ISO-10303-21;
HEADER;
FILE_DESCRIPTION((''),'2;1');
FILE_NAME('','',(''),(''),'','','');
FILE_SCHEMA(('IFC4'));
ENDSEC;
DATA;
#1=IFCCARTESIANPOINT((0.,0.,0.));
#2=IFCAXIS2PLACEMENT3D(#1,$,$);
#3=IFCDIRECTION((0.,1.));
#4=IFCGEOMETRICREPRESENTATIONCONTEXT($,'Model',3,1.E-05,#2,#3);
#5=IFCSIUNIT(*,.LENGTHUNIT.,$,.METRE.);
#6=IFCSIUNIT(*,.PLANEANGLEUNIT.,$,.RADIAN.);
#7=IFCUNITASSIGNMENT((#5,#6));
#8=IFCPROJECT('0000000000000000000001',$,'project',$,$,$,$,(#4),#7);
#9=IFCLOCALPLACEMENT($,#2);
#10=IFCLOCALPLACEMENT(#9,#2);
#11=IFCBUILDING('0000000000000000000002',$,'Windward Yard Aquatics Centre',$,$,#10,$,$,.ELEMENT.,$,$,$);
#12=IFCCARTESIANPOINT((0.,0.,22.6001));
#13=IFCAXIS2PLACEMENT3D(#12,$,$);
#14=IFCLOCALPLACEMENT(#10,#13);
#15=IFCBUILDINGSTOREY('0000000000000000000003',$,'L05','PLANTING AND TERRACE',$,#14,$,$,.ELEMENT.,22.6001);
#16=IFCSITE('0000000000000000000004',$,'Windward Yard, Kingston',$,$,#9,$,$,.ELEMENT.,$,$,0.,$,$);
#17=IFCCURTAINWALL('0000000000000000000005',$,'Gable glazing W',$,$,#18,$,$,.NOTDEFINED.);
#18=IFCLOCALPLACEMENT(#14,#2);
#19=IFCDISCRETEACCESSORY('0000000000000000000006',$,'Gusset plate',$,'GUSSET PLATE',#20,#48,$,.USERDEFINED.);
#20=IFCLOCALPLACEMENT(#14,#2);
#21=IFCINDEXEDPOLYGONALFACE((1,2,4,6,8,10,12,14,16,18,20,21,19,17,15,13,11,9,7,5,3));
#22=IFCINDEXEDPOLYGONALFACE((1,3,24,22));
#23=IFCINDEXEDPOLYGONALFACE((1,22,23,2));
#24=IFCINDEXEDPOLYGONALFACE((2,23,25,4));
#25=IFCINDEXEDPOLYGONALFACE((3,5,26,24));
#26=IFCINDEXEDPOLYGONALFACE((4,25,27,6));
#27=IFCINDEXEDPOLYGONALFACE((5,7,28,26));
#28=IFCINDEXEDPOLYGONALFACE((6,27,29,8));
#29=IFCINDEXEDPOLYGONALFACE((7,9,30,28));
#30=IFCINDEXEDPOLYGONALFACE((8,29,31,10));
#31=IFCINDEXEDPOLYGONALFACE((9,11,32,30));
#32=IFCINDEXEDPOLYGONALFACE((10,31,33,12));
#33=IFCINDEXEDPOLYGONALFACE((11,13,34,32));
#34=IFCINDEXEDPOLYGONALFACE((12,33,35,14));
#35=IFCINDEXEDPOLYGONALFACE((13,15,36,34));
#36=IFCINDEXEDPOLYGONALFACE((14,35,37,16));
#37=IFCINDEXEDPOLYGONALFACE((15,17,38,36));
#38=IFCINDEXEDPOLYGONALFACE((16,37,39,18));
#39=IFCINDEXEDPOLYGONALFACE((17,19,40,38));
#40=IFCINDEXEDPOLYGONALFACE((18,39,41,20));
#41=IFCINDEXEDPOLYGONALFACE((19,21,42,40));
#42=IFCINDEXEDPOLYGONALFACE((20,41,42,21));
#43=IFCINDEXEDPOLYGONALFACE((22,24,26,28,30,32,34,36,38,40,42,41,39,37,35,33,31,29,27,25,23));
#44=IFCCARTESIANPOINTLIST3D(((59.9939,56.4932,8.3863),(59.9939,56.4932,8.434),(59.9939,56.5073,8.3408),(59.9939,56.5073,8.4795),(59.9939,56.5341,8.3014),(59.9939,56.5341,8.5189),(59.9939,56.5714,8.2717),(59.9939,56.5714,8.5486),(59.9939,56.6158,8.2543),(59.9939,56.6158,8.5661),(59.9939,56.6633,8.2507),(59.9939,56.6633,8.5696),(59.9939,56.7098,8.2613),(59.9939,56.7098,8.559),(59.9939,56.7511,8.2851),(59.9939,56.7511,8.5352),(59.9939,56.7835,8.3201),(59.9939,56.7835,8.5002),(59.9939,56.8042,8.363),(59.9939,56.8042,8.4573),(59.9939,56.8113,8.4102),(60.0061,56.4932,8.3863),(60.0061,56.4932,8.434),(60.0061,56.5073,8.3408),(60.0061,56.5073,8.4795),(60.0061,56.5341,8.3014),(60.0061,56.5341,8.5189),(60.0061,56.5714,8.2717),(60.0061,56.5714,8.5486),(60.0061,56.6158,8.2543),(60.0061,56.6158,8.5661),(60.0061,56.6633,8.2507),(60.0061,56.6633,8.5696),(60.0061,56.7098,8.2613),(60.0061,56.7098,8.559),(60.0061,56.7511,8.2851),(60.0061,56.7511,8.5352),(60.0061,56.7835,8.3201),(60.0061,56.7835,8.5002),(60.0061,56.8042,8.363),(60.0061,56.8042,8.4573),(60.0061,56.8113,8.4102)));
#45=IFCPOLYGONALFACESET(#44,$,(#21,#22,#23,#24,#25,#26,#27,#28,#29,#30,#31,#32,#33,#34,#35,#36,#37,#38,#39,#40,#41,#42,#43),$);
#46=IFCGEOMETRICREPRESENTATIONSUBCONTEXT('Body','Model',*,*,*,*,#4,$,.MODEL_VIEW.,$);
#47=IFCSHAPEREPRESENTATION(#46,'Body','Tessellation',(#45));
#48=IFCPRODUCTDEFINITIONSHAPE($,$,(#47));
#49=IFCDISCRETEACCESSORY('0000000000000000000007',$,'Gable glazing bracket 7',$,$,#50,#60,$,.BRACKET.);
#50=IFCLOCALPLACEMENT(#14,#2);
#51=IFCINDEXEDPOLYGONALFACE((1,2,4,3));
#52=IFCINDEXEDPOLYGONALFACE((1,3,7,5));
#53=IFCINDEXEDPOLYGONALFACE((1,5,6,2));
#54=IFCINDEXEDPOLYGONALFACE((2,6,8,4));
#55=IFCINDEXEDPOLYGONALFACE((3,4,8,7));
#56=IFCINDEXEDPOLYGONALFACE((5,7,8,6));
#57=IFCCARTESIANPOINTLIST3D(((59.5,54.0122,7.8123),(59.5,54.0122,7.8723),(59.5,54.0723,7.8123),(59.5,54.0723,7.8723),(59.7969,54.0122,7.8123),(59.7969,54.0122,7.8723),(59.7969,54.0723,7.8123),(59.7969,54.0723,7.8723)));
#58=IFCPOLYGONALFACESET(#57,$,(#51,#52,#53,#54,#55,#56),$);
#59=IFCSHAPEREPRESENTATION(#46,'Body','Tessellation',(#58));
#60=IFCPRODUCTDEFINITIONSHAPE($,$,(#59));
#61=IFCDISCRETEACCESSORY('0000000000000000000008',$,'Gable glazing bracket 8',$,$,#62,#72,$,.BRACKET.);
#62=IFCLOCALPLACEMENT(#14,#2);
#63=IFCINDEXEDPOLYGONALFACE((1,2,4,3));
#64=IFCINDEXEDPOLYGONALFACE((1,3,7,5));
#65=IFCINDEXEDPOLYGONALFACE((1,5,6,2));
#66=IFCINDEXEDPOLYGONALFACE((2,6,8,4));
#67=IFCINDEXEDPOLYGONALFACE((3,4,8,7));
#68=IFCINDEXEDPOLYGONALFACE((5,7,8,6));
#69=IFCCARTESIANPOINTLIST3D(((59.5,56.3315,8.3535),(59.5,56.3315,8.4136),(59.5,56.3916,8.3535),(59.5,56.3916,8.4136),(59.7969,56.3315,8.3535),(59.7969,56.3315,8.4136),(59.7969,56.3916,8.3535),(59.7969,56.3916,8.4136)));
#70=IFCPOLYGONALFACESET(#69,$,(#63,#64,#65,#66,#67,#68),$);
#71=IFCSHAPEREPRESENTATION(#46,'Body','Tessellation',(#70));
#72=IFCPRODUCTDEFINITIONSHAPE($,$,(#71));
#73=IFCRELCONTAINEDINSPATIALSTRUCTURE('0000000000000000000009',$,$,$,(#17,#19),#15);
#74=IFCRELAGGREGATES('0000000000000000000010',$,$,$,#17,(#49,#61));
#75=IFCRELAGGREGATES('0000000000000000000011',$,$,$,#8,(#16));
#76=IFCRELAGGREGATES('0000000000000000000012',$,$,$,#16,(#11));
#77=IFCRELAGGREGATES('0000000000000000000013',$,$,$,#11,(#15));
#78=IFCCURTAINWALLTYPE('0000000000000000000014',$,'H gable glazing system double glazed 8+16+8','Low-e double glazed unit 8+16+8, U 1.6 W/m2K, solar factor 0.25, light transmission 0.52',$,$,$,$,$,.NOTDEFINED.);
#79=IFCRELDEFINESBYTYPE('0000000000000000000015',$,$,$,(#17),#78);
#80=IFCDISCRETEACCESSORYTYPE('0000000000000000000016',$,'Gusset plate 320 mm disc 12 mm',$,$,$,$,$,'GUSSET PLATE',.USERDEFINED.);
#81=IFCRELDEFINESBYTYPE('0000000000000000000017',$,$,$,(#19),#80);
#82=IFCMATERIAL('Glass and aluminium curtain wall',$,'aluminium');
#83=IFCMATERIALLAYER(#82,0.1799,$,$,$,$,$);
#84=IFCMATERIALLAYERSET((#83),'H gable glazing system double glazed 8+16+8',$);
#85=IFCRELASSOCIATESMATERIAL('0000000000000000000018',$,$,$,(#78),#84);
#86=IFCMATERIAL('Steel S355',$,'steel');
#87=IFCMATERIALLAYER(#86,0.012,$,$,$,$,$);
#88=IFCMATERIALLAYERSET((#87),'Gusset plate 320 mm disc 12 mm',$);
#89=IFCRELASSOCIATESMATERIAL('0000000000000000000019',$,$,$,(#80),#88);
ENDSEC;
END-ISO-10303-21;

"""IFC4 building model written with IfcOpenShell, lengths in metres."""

from ifc_helpers import new_model, si_unit, direction, frame, origin, origin_2d, place, context, subcontext, project, spatial, rectangle, circle, extrude, material, layer, layer_set, type_object, element, aggregate, save


model = new_model("IFC4")

# Units and contexts
model_context = context("Model", 3, precision=1e-05, world=origin(), true_north=direction((0.0, 1.0)))
body_context = subcontext(model_context, "Body", "Model", "MODEL_VIEW")
ifc_project = project(units=[si_unit("LENGTHUNIT", "METRE"), si_unit("PLANEANGLEUNIT", "RADIAN")], contexts=[model_context])

# Site, building, storey
site_placement = place(None, origin())
site = spatial("IfcSite", under=ifc_project, at=site_placement, Name="Windward Yard, Kingston", CompositionType="ELEMENT", RefElevation=0.0)
building_placement = place(site_placement, origin())
building = spatial("IfcBuilding", under=site, at=building_placement, Name="Windward Yard Aquatics Centre", CompositionType="ELEMENT")
storey_placement = place(building_placement, frame((0.0, 0.0, 22.6001)))
storey = spatial("IfcBuildingStorey", under=building, at=storey_placement, Name="L05", Description="PLANTING AND TERRACE", CompositionType="ELEMENT", Elevation=22.6001)

# Curtain wall
ifc_material_1 = material(Name="Glass and aluminium curtain wall", Category="aluminium")
ifc_layer_1 = layer(ifc_material_1, 0.1799)
ifc_layer_set_1 = layer_set([ifc_layer_1], Name="H gable glazing system double glazed 8+16+8")
curtain_wall_type = type_object("IfcCurtainWallType", Name="H gable glazing system double glazed 8+16+8", Description="Low-e double glazed unit 8+16+8, U 1.6 W/m2K, solar factor 0.25, light transmission 0.52", PredefinedType="NOTDEFINED", material=ifc_layer_set_1)
curtain_wall_placement = place(storey_placement, origin())
curtain_wall = element("IfcCurtainWall", 1, at=curtain_wall_placement, inside=storey, type_object=curtain_wall_type, Name="Gable glazing W", PredefinedType="NOTDEFINED")

# Discrete accessory
ifc_material_2 = material(Name="Steel S355", Category="steel")
ifc_layer_2 = layer(ifc_material_2, 0.012)
ifc_layer_set_2 = layer_set([ifc_layer_2], Name="Gusset plate 320 mm disc 12 mm")
discrete_accessory_type = type_object("IfcDiscreteAccessoryType", Name="Gusset plate 320 mm disc 12 mm", ElementType="GUSSET PLATE", PredefinedType="USERDEFINED", material=ifc_layer_set_2)
for number, where, z_axis, x_axis, name in (
    (2, (59.9939, 56.6514, 8.4102), (1.0, 0.0, 0.0), (0.0, 1.0, 0.0), "Gusset plate"),
):
    element("IfcDiscreteAccessory", number, at=place(storey_placement, frame(where, z_axis=z_axis, x_axis=x_axis)), inside=storey, type_object=discrete_accessory_type, Name=name, ObjectType="GUSSET PLATE", PredefinedType="USERDEFINED", context=body_context, shape_type="SweptSolid", body=[
        extrude(circle(Radius=0.1599, at=origin_2d()), origin(), (0.0, 0.0, 1.0), 0.0122),
    ])

# Discrete accessories
discrete_accessory_1_placement = place(storey_placement, frame((59.5, 54.0422, 7.8423), z_axis=(1.0, 0.0, 0.0), x_axis=(0.0, 1.0, 0.0)))
discrete_accessory_1 = element("IfcDiscreteAccessory", 3, at=discrete_accessory_1_placement, Name="Gable glazing bracket 7", PredefinedType="BRACKET", context=body_context, shape_type="SweptSolid", body=[
    extrude(rectangle(XDim=0.0601, YDim=0.0601, at=origin_2d()), origin(), (0.0, 0.0, 1.0), 0.2969),
])
discrete_accessory_2_placement = place(storey_placement, frame((59.5, 56.3616, 8.3835), z_axis=(1.0, 0.0, 0.0), x_axis=(0.0, 1.0, 0.0)))
discrete_accessory_2 = element("IfcDiscreteAccessory", 4, at=discrete_accessory_2_placement, Name="Gable glazing bracket 8", PredefinedType="BRACKET", context=body_context, shape_type="SweptSolid", body=[
    extrude(rectangle(XDim=0.0601, YDim=0.0601, at=origin_2d()), origin(), (0.0, 0.0, 1.0), 0.2969),
])
aggregate(curtain_wall, [discrete_accessory_1, discrete_accessory_2])

save(model, "model.ifc")
